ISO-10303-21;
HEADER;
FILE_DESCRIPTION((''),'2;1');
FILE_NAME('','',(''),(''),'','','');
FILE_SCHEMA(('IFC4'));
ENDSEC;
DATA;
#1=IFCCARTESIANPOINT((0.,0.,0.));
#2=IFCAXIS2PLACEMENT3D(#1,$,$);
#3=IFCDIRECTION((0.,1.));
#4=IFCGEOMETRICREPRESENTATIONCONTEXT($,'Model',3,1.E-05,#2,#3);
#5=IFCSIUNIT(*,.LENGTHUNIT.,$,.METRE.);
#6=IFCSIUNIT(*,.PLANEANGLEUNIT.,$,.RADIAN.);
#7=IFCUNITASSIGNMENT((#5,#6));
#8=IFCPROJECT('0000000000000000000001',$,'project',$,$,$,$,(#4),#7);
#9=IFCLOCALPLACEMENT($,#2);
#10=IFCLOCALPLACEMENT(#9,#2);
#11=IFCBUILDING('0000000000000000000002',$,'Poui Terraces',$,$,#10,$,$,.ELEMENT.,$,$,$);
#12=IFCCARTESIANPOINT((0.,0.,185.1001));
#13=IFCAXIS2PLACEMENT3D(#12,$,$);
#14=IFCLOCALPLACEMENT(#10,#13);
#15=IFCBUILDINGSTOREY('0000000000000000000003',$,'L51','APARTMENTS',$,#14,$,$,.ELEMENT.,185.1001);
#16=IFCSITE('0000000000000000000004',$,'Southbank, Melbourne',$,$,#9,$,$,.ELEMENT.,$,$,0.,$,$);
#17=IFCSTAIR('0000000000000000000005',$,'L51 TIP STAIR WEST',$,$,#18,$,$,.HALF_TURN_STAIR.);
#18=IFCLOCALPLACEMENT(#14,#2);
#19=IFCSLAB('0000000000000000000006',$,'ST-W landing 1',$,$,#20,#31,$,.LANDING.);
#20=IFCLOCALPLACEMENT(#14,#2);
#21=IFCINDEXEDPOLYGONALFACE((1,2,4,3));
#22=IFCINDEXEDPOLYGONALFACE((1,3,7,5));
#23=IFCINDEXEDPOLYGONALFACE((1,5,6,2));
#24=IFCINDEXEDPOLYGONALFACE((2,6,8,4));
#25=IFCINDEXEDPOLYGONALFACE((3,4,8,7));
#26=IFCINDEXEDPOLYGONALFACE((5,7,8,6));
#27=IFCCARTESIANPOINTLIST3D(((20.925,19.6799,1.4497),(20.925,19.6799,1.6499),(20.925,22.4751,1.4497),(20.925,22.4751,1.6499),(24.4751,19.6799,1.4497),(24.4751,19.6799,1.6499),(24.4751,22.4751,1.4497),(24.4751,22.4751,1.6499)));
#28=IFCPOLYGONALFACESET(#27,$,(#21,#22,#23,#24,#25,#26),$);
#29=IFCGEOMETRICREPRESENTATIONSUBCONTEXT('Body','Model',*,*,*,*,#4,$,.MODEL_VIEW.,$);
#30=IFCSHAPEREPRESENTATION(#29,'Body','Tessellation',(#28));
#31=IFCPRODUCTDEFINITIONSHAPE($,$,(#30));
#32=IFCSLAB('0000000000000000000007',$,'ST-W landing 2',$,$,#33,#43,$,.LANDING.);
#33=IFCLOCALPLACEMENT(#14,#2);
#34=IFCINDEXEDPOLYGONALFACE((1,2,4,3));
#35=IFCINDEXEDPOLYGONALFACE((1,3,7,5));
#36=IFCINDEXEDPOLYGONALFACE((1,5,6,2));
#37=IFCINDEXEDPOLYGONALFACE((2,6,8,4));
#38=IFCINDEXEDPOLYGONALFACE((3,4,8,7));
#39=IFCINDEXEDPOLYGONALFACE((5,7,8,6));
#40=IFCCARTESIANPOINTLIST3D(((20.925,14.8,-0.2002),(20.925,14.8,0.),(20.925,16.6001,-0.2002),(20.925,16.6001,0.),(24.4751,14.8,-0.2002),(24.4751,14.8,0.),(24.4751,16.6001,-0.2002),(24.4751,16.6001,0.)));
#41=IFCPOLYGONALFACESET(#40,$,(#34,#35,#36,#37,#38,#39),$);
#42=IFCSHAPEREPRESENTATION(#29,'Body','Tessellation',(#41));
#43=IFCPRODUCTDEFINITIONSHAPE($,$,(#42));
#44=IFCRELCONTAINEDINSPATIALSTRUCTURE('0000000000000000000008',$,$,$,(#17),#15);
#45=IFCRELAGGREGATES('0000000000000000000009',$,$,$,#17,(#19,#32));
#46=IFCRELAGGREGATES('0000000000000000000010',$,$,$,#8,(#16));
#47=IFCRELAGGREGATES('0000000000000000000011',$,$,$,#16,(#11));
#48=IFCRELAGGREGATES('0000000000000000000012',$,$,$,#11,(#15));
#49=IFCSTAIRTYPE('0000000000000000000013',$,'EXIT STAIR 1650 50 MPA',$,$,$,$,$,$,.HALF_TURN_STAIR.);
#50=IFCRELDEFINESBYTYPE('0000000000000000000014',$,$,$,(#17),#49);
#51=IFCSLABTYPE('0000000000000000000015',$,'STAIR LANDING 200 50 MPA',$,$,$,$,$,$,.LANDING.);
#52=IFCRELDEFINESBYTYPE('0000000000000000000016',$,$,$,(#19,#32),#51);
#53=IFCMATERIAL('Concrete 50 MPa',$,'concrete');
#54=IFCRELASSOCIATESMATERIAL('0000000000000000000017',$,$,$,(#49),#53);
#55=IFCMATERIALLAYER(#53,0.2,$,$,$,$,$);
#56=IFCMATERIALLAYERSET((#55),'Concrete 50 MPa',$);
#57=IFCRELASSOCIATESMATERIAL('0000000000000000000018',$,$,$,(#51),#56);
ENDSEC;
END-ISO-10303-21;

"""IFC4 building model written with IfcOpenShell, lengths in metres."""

from ifc_helpers import new_model, si_unit, direction, frame, origin, place, context, subcontext, project, spatial, polyline, outline, extrude, material, layer, layer_set, type_object, element, aggregate, save


model = new_model("IFC4")

# Units and contexts
model_context = context("Model", 3, precision=1e-05, world=origin(), true_north=direction((0.0, 1.0)))
body_context = subcontext(model_context, "Body", "Model", "MODEL_VIEW")
ifc_project = project(units=[si_unit("LENGTHUNIT", "METRE"), si_unit("PLANEANGLEUNIT", "RADIAN")], contexts=[model_context])

# Site, building, storey
site_placement = place(None, origin())
site = spatial("IfcSite", under=ifc_project, at=site_placement, Name="Southbank, Melbourne", CompositionType="ELEMENT", RefElevation=0.0)
building_placement = place(site_placement, origin())
building = spatial("IfcBuilding", under=site, at=building_placement, Name="Poui Terraces", CompositionType="ELEMENT")
storey_placement = place(building_placement, frame((0.0, 0.0, 185.1001)))
storey = spatial("IfcBuildingStorey", under=building, at=storey_placement, Name="L51", Description="APARTMENTS", CompositionType="ELEMENT", Elevation=185.1001)

# Stair, slabs
ifc_material = material(Name="Concrete 50 MPa", Category="concrete")
stair_type = type_object("IfcStairType", Name="EXIT STAIR 1650 50 MPA", PredefinedType="HALF_TURN_STAIR", material=ifc_material)
stair_placement = place(storey_placement, origin())
stair = element("IfcStair", 1, at=stair_placement, inside=storey, type_object=stair_type, Name="L51 TIP STAIR WEST", PredefinedType="HALF_TURN_STAIR")
ifc_layer = layer(ifc_material, 0.2)
ifc_layer_set = layer_set([ifc_layer], Name="Concrete 50 MPa")
slab_type = type_object("IfcSlabType", Name="STAIR LANDING 200 50 MPA", PredefinedType="LANDING", material=ifc_layer_set)
slab_1_placement = place(storey_placement, frame((0.0, 0.0, 1.4497)))
slab_1 = element("IfcSlab", 2, at=slab_1_placement, type_object=slab_type, Name="ST-W landing 1", PredefinedType="LANDING", context=body_context, shape_type="SweptSolid", body=[
    extrude(outline(polyline([(20.925, 19.6799), (24.4751, 19.6799), (24.4751, 22.4751), (20.925, 22.4751), (20.925, 19.6799)])), origin(), (0.0, 0.0, 1.0), 0.2002),
])
slab_2_placement = place(storey_placement, frame((0.0, 0.0, -0.2002)))
slab_2 = element("IfcSlab", 3, at=slab_2_placement, type_object=slab_type, Name="ST-W landing 2", PredefinedType="LANDING", context=body_context, shape_type="SweptSolid", body=[
    extrude(outline(polyline([(20.925, 14.8), (24.4751, 14.8), (24.4751, 16.6001), (20.925, 16.6001), (20.925, 14.8)])), origin(), (0.0, 0.0, 1.0), 0.2002),
])
aggregate(stair, [slab_1, slab_2])

save(model, "model.ifc")
